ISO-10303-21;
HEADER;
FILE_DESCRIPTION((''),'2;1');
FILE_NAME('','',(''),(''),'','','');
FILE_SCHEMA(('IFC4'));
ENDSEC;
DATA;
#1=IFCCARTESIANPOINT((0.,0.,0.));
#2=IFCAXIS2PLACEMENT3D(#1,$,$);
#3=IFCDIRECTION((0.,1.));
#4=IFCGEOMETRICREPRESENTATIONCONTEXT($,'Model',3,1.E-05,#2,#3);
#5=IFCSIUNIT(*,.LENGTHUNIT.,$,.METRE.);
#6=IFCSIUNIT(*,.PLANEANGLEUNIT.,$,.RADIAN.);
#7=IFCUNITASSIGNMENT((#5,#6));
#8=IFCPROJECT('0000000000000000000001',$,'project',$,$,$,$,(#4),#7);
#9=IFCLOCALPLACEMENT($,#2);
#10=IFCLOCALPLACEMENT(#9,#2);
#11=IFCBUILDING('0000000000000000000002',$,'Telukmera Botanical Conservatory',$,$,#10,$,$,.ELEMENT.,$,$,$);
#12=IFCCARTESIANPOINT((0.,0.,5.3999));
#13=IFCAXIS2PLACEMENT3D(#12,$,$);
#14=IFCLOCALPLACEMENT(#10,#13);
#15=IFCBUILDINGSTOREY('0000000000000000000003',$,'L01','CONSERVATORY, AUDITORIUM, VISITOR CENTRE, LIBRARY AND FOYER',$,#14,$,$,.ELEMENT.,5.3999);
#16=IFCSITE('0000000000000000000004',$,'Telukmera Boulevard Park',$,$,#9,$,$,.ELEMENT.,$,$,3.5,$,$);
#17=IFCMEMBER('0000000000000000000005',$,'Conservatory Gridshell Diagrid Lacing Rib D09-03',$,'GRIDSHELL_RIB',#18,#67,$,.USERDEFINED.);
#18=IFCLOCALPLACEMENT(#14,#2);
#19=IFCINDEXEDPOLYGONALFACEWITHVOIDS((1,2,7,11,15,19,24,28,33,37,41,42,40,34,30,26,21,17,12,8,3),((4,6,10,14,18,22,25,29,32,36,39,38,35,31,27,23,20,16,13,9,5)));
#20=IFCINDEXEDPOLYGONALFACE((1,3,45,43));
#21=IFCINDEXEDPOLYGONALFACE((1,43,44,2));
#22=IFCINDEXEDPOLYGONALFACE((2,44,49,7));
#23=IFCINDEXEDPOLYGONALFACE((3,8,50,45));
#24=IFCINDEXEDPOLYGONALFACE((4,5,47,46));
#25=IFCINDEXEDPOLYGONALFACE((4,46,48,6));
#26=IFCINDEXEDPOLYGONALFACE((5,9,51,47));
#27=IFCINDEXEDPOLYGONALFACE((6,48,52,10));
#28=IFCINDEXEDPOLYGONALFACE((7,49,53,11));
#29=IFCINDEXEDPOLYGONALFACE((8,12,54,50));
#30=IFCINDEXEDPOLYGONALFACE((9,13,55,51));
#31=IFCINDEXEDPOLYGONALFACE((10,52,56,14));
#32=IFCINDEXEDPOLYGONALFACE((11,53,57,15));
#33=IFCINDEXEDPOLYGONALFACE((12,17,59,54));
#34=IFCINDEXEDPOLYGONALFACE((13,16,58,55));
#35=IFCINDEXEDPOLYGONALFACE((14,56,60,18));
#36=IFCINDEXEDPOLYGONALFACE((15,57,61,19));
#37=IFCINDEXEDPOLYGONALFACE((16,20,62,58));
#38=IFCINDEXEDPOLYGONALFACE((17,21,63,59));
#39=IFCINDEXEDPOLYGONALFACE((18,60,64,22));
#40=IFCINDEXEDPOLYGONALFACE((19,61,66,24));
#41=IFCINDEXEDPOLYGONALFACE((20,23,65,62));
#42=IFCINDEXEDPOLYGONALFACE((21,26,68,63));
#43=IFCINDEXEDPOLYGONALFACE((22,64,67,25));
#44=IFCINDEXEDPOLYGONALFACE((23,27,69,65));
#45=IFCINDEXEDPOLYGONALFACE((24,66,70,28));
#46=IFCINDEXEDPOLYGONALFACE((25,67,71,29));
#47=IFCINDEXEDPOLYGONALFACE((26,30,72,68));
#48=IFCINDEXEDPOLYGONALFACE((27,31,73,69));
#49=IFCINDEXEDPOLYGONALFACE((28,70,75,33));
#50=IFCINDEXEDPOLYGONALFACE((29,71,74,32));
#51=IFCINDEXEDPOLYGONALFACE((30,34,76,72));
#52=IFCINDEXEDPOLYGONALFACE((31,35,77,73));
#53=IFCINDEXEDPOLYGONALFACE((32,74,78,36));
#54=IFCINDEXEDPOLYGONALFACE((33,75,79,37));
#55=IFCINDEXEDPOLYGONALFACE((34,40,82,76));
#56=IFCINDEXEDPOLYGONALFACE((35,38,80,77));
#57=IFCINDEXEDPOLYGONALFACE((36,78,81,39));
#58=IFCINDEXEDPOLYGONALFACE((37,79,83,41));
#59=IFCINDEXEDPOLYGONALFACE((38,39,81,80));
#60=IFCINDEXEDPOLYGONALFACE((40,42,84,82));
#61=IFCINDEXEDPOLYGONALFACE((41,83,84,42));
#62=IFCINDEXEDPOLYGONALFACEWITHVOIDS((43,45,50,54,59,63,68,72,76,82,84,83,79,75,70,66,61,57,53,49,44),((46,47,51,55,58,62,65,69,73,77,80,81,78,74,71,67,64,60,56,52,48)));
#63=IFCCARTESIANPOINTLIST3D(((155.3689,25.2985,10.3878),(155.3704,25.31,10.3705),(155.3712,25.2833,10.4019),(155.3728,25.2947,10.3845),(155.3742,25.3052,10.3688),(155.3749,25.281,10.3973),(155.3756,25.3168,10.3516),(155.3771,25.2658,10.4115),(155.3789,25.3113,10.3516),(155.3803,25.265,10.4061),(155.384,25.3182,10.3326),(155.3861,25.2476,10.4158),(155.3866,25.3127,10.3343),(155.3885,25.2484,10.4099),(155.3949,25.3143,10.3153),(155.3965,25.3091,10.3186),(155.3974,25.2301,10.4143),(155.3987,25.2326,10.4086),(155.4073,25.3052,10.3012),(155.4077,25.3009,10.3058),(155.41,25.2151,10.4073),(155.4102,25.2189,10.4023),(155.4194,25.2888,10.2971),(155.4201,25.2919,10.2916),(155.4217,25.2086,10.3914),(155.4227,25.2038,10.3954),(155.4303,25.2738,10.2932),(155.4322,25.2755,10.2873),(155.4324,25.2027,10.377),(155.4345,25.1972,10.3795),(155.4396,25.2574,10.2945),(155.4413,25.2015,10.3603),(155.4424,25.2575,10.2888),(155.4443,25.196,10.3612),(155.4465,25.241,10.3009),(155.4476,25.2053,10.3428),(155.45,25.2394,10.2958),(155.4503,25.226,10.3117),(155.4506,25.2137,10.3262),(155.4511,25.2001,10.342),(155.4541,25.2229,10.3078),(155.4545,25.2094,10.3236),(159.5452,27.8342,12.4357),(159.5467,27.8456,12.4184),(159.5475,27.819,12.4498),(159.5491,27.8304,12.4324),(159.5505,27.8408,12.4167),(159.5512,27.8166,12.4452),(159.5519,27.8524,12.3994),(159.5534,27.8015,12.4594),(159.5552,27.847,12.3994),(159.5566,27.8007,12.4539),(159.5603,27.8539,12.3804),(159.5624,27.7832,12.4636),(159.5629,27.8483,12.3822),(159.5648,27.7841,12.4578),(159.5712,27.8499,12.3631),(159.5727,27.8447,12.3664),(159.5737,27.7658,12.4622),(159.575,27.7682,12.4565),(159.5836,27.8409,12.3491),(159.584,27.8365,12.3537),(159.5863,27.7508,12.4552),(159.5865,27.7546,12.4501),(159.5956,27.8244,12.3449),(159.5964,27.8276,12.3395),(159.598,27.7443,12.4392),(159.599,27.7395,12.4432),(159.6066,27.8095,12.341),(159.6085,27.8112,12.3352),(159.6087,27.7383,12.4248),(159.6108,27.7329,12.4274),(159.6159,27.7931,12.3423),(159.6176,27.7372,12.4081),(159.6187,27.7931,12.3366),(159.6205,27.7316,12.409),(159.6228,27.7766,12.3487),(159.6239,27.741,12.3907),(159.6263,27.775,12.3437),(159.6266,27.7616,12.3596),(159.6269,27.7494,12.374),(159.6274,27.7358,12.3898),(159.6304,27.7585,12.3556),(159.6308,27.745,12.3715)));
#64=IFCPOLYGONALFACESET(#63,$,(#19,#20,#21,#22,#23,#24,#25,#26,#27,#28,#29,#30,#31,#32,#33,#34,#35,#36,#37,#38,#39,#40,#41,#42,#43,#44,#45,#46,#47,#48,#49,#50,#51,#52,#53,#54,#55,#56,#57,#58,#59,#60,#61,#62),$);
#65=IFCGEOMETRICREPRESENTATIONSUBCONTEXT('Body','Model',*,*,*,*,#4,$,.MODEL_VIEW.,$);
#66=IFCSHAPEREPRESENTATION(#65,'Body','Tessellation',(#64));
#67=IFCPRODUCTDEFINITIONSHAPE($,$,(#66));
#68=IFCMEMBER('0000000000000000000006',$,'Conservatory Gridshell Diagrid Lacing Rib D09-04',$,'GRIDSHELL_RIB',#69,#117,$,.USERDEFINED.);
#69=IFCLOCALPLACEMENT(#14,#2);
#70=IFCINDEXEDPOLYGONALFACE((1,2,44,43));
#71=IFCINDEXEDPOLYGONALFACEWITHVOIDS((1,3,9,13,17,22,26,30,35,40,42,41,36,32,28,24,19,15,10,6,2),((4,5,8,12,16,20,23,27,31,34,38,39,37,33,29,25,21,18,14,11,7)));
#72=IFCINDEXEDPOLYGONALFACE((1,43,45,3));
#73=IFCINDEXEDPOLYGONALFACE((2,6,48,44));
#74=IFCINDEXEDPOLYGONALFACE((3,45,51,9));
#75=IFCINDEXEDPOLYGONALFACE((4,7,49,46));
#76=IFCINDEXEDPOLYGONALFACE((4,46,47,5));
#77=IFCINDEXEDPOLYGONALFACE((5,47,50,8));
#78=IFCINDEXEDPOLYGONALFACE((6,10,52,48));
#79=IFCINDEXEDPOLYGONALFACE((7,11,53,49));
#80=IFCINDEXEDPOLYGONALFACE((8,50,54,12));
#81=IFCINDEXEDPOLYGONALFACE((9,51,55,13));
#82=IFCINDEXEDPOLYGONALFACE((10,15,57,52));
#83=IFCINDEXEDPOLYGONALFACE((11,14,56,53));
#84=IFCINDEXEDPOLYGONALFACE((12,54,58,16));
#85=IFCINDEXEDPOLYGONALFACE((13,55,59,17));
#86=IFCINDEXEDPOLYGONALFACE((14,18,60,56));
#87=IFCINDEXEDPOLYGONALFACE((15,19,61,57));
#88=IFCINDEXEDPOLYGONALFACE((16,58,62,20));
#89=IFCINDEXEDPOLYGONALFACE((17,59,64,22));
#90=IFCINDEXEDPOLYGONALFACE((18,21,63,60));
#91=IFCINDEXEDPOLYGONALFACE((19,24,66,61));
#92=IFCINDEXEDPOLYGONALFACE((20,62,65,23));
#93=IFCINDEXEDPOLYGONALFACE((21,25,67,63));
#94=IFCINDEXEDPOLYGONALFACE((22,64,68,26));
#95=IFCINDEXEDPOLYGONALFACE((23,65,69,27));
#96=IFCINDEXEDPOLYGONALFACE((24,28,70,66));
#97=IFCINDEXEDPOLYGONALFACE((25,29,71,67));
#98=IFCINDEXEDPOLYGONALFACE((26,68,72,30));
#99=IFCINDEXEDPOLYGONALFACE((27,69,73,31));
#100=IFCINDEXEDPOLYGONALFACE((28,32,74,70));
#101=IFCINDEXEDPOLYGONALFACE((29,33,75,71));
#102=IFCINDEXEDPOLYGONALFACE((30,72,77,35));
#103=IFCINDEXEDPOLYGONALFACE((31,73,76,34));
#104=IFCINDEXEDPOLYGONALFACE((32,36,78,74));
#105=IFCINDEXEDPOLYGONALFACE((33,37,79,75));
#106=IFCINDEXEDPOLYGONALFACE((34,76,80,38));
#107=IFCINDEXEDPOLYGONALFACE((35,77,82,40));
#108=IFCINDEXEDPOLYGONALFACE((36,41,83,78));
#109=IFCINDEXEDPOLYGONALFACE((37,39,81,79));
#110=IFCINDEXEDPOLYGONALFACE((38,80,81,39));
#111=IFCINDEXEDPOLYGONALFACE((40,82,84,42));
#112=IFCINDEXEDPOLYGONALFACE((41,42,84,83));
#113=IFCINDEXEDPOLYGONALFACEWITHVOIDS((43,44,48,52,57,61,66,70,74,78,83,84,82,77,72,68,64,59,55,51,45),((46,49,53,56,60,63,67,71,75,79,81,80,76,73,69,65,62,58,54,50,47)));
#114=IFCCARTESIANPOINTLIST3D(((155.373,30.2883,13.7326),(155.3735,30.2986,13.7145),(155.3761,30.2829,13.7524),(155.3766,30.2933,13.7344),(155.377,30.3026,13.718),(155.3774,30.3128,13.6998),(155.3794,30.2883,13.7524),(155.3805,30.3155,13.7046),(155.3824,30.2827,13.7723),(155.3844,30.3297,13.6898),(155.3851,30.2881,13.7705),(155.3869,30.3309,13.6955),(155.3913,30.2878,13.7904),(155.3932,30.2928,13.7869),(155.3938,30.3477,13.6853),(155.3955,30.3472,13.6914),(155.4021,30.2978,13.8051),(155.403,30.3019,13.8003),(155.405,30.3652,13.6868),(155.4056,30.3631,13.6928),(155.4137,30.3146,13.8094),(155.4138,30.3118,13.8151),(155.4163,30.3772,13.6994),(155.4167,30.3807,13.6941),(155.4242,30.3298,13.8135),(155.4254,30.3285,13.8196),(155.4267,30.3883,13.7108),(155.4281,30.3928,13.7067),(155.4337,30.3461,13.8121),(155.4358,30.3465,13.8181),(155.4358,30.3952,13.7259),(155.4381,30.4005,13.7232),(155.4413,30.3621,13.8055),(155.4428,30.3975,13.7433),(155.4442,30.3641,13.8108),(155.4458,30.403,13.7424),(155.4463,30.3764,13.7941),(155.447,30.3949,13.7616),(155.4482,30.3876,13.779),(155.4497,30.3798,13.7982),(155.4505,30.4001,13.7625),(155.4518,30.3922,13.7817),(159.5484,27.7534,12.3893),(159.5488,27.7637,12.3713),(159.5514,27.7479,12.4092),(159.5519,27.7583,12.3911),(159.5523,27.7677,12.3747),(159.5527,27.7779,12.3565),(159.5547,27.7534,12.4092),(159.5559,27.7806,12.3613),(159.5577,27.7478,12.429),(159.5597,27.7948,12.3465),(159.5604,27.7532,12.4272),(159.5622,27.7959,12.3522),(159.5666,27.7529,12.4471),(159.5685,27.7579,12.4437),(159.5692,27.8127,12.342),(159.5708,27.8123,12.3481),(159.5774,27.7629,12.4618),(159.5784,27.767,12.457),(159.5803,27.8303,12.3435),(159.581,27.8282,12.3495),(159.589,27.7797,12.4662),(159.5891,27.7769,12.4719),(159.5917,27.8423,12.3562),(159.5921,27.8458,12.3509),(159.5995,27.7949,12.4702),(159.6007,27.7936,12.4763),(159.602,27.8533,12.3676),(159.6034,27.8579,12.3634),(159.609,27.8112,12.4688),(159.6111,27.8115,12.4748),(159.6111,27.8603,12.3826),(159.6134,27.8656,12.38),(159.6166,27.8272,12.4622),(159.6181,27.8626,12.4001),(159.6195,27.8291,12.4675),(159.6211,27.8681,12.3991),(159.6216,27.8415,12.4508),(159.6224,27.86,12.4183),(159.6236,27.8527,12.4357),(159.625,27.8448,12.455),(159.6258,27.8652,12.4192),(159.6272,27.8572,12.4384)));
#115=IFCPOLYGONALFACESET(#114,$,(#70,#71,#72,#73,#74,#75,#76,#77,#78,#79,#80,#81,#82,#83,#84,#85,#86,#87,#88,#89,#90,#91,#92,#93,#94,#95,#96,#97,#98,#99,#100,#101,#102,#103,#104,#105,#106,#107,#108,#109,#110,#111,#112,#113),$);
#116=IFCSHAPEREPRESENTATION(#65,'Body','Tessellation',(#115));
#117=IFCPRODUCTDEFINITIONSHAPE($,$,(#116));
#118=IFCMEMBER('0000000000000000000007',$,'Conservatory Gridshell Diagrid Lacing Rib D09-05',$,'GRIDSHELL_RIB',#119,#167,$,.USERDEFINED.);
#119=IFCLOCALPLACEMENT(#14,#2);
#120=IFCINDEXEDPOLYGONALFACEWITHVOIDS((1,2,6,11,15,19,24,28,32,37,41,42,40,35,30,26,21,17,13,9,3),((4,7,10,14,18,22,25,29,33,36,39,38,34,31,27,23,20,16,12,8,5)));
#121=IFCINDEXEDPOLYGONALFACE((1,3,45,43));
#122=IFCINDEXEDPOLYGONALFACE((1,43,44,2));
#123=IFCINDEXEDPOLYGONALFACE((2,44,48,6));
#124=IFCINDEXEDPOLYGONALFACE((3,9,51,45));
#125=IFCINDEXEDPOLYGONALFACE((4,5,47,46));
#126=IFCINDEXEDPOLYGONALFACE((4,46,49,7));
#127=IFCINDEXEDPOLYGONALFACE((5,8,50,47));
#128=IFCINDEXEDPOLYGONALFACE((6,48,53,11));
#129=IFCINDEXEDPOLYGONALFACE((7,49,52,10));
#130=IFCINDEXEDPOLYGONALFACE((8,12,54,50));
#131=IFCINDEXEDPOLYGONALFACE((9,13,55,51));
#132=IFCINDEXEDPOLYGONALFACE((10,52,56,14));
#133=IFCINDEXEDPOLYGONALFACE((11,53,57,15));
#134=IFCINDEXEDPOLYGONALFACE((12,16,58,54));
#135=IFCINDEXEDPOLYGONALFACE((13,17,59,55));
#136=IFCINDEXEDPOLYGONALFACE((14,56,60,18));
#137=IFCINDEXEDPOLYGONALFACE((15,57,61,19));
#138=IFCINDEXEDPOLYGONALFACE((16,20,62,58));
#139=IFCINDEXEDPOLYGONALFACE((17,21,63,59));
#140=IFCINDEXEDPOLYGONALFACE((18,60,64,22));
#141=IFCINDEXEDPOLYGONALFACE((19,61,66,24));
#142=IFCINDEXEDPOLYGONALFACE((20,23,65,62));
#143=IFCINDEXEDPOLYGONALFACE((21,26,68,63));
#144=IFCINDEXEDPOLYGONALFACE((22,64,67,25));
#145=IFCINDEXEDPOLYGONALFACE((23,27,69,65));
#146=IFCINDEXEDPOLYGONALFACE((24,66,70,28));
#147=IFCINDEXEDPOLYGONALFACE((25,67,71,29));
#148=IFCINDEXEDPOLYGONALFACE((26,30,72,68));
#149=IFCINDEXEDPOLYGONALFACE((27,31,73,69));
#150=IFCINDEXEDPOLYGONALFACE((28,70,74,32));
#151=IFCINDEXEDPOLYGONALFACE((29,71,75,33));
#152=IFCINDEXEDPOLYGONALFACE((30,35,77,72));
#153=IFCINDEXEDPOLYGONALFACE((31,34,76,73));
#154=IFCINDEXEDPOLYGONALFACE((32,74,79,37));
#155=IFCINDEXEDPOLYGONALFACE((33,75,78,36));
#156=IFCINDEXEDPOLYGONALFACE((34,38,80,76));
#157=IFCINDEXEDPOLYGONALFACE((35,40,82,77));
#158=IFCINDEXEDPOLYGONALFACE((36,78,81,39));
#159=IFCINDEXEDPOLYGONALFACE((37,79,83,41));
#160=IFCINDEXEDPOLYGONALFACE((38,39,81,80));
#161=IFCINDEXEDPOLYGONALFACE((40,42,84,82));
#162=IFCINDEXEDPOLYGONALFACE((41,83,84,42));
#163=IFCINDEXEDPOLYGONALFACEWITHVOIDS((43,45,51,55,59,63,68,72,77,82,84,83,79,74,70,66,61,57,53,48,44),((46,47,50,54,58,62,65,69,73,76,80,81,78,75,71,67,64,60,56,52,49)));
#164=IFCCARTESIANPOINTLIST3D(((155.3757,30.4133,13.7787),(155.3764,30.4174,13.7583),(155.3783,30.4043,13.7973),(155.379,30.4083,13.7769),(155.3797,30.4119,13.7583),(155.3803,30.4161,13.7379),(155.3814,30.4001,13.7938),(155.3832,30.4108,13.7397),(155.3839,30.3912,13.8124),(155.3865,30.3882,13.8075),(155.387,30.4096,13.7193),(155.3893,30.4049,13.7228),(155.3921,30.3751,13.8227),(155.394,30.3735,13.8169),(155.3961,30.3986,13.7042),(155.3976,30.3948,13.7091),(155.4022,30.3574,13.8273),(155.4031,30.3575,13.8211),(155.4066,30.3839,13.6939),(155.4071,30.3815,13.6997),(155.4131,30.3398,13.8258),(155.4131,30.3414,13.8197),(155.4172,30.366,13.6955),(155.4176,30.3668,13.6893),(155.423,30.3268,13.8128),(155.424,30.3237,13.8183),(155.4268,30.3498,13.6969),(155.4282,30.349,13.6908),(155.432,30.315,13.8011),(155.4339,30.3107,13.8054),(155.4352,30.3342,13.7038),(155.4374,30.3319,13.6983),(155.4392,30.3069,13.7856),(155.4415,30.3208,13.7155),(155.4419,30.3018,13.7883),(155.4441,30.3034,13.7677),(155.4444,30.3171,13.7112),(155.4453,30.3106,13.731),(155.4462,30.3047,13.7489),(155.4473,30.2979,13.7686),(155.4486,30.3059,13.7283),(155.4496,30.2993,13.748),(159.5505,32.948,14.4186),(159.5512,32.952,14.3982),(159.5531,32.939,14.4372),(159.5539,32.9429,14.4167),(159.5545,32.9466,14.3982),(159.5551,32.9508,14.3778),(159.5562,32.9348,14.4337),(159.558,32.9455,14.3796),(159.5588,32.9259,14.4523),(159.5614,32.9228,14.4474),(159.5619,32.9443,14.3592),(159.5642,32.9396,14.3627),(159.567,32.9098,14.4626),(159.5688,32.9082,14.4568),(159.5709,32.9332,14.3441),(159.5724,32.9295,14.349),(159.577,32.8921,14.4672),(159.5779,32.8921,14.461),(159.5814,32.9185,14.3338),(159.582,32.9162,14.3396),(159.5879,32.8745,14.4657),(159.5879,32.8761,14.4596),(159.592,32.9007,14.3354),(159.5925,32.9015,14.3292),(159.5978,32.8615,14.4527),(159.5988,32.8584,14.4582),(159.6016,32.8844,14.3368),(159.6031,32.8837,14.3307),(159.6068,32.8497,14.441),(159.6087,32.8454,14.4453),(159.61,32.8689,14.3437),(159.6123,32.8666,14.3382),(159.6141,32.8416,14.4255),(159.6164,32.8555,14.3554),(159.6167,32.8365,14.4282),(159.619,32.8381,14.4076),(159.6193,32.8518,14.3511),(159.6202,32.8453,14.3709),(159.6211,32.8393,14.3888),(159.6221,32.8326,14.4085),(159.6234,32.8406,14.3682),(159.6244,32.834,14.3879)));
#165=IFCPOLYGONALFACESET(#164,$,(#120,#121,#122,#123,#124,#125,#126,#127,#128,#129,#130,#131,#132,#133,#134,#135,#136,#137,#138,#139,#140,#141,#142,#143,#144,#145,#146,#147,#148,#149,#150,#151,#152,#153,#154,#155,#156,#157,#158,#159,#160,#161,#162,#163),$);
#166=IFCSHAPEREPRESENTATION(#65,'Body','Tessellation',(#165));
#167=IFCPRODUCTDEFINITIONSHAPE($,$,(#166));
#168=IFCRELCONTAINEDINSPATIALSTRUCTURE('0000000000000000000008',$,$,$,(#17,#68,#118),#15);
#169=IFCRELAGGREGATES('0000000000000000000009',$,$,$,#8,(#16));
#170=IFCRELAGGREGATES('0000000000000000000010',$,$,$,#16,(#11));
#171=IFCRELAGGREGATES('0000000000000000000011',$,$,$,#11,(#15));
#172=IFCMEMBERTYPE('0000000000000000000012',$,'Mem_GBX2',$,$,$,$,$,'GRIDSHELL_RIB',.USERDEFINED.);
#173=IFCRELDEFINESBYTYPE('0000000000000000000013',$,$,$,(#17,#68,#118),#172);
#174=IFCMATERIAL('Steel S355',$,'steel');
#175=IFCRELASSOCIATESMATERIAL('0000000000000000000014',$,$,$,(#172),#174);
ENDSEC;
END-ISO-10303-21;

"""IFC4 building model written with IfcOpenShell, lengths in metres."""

from ifc_helpers import new_model, si_unit, direction, frame, origin, origin_2d, place, context, subcontext, project, spatial, hollow_circle, extrude, material, material_profile, profile_set, type_object, element, save


model = new_model("IFC4")

# Units and contexts
model_context = context("Model", 3, precision=1e-05, world=origin(), true_north=direction((0.0, 1.0)))
body_context = subcontext(model_context, "Body", "Model", "MODEL_VIEW")
ifc_project = project(units=[si_unit("LENGTHUNIT", "METRE"), si_unit("PLANEANGLEUNIT", "RADIAN")], contexts=[model_context])

# Site, building, storey
site_placement = place(None, origin())
site = spatial("IfcSite", under=ifc_project, at=site_placement, Name="Telukmera Boulevard Park", CompositionType="ELEMENT", RefElevation=3.5)
building_placement = place(site_placement, origin())
building = spatial("IfcBuilding", under=site, at=building_placement, Name="Telukmera Botanical Conservatory", CompositionType="ELEMENT")
storey_placement = place(building_placement, frame((0.0, 0.0, 5.3999)))
storey = spatial("IfcBuildingStorey", under=building, at=storey_placement, Name="L01", Description="CONSERVATORY, AUDITORIUM, VISITOR CENTRE, LIBRARY AND FOYER", CompositionType="ELEMENT", Elevation=5.3999)

# Members
ifc_material = material(Name="Steel S355", Category="steel")
ifc_material_profile_1 = material_profile(ifc_material, hollow_circle(Radius=0.0698, WallThickness=0.0063, at=origin_2d()), Name="CHS 139.7x6.3")
ifc_profile_set_1 = profile_set([ifc_material_profile_1], Name="Steel S355")
member_type_1 = type_object("IfcMemberType", Name="Mem_GBX2", ElementType="GRIDSHELL_RIB", PredefinedType="USERDEFINED", material=ifc_profile_set_1)
member_1_placement = place(storey_placement, frame((155.4119, 25.2571, 10.3516), z_axis=(0.788334, 0.478642, 0.386563), x_axis=(-0.518986, 0.854783, 0.0)))
element("IfcMember", 1, at=member_1_placement, inside=storey, type_object=member_type_1, Name="Conservatory Gridshell Diagrid Lacing Rib D09-03", ObjectType="GRIDSHELL_RIB", PredefinedType="USERDEFINED", context=body_context, shape_type="SweptSolid", body=[
    extrude(hollow_circle(Radius=0.0698, WallThickness=0.0063, at=origin_2d()), origin(), (0.0, 0.0, 1.0), 5.2976),
])
member_2_placement = place(storey_placement, frame((159.5876, 27.8076, 12.4092), z_axis=(-0.824198, 0.500389, 0.265158), x_axis=(-0.518965, -0.854795, 0.0)))
element("IfcMember", 2, at=member_2_placement, inside=storey, type_object=member_type_1, Name="Conservatory Gridshell Diagrid Lacing Rib D09-04", ObjectType="GRIDSHELL_RIB", PredefinedType="USERDEFINED", context=body_context, shape_type="SweptSolid", body=[
    extrude(hollow_circle(Radius=0.0698, WallThickness=0.0063, at=origin_2d()), origin(), (0.0, 0.0, 1.0), 5.0659),
])
member_3_placement = place(storey_placement, frame((155.4126, 30.3577, 13.7583), z_axis=(0.847547, 0.514575, 0.129908), x_axis=(-0.518973, 0.854791, 0.0)))
element("IfcMember", 3, at=member_3_placement, inside=storey, type_object=member_type_1, Name="Conservatory Gridshell Diagrid Lacing Rib D09-05", ObjectType="GRIDSHELL_RIB", PredefinedType="USERDEFINED", context=body_context, shape_type="SweptSolid", body=[
    extrude(hollow_circle(Radius=0.0698, WallThickness=0.0063, at=origin_2d()), origin(), (0.0, 0.0, 1.0), 4.9258),
])

save(model, "model.ifc")
